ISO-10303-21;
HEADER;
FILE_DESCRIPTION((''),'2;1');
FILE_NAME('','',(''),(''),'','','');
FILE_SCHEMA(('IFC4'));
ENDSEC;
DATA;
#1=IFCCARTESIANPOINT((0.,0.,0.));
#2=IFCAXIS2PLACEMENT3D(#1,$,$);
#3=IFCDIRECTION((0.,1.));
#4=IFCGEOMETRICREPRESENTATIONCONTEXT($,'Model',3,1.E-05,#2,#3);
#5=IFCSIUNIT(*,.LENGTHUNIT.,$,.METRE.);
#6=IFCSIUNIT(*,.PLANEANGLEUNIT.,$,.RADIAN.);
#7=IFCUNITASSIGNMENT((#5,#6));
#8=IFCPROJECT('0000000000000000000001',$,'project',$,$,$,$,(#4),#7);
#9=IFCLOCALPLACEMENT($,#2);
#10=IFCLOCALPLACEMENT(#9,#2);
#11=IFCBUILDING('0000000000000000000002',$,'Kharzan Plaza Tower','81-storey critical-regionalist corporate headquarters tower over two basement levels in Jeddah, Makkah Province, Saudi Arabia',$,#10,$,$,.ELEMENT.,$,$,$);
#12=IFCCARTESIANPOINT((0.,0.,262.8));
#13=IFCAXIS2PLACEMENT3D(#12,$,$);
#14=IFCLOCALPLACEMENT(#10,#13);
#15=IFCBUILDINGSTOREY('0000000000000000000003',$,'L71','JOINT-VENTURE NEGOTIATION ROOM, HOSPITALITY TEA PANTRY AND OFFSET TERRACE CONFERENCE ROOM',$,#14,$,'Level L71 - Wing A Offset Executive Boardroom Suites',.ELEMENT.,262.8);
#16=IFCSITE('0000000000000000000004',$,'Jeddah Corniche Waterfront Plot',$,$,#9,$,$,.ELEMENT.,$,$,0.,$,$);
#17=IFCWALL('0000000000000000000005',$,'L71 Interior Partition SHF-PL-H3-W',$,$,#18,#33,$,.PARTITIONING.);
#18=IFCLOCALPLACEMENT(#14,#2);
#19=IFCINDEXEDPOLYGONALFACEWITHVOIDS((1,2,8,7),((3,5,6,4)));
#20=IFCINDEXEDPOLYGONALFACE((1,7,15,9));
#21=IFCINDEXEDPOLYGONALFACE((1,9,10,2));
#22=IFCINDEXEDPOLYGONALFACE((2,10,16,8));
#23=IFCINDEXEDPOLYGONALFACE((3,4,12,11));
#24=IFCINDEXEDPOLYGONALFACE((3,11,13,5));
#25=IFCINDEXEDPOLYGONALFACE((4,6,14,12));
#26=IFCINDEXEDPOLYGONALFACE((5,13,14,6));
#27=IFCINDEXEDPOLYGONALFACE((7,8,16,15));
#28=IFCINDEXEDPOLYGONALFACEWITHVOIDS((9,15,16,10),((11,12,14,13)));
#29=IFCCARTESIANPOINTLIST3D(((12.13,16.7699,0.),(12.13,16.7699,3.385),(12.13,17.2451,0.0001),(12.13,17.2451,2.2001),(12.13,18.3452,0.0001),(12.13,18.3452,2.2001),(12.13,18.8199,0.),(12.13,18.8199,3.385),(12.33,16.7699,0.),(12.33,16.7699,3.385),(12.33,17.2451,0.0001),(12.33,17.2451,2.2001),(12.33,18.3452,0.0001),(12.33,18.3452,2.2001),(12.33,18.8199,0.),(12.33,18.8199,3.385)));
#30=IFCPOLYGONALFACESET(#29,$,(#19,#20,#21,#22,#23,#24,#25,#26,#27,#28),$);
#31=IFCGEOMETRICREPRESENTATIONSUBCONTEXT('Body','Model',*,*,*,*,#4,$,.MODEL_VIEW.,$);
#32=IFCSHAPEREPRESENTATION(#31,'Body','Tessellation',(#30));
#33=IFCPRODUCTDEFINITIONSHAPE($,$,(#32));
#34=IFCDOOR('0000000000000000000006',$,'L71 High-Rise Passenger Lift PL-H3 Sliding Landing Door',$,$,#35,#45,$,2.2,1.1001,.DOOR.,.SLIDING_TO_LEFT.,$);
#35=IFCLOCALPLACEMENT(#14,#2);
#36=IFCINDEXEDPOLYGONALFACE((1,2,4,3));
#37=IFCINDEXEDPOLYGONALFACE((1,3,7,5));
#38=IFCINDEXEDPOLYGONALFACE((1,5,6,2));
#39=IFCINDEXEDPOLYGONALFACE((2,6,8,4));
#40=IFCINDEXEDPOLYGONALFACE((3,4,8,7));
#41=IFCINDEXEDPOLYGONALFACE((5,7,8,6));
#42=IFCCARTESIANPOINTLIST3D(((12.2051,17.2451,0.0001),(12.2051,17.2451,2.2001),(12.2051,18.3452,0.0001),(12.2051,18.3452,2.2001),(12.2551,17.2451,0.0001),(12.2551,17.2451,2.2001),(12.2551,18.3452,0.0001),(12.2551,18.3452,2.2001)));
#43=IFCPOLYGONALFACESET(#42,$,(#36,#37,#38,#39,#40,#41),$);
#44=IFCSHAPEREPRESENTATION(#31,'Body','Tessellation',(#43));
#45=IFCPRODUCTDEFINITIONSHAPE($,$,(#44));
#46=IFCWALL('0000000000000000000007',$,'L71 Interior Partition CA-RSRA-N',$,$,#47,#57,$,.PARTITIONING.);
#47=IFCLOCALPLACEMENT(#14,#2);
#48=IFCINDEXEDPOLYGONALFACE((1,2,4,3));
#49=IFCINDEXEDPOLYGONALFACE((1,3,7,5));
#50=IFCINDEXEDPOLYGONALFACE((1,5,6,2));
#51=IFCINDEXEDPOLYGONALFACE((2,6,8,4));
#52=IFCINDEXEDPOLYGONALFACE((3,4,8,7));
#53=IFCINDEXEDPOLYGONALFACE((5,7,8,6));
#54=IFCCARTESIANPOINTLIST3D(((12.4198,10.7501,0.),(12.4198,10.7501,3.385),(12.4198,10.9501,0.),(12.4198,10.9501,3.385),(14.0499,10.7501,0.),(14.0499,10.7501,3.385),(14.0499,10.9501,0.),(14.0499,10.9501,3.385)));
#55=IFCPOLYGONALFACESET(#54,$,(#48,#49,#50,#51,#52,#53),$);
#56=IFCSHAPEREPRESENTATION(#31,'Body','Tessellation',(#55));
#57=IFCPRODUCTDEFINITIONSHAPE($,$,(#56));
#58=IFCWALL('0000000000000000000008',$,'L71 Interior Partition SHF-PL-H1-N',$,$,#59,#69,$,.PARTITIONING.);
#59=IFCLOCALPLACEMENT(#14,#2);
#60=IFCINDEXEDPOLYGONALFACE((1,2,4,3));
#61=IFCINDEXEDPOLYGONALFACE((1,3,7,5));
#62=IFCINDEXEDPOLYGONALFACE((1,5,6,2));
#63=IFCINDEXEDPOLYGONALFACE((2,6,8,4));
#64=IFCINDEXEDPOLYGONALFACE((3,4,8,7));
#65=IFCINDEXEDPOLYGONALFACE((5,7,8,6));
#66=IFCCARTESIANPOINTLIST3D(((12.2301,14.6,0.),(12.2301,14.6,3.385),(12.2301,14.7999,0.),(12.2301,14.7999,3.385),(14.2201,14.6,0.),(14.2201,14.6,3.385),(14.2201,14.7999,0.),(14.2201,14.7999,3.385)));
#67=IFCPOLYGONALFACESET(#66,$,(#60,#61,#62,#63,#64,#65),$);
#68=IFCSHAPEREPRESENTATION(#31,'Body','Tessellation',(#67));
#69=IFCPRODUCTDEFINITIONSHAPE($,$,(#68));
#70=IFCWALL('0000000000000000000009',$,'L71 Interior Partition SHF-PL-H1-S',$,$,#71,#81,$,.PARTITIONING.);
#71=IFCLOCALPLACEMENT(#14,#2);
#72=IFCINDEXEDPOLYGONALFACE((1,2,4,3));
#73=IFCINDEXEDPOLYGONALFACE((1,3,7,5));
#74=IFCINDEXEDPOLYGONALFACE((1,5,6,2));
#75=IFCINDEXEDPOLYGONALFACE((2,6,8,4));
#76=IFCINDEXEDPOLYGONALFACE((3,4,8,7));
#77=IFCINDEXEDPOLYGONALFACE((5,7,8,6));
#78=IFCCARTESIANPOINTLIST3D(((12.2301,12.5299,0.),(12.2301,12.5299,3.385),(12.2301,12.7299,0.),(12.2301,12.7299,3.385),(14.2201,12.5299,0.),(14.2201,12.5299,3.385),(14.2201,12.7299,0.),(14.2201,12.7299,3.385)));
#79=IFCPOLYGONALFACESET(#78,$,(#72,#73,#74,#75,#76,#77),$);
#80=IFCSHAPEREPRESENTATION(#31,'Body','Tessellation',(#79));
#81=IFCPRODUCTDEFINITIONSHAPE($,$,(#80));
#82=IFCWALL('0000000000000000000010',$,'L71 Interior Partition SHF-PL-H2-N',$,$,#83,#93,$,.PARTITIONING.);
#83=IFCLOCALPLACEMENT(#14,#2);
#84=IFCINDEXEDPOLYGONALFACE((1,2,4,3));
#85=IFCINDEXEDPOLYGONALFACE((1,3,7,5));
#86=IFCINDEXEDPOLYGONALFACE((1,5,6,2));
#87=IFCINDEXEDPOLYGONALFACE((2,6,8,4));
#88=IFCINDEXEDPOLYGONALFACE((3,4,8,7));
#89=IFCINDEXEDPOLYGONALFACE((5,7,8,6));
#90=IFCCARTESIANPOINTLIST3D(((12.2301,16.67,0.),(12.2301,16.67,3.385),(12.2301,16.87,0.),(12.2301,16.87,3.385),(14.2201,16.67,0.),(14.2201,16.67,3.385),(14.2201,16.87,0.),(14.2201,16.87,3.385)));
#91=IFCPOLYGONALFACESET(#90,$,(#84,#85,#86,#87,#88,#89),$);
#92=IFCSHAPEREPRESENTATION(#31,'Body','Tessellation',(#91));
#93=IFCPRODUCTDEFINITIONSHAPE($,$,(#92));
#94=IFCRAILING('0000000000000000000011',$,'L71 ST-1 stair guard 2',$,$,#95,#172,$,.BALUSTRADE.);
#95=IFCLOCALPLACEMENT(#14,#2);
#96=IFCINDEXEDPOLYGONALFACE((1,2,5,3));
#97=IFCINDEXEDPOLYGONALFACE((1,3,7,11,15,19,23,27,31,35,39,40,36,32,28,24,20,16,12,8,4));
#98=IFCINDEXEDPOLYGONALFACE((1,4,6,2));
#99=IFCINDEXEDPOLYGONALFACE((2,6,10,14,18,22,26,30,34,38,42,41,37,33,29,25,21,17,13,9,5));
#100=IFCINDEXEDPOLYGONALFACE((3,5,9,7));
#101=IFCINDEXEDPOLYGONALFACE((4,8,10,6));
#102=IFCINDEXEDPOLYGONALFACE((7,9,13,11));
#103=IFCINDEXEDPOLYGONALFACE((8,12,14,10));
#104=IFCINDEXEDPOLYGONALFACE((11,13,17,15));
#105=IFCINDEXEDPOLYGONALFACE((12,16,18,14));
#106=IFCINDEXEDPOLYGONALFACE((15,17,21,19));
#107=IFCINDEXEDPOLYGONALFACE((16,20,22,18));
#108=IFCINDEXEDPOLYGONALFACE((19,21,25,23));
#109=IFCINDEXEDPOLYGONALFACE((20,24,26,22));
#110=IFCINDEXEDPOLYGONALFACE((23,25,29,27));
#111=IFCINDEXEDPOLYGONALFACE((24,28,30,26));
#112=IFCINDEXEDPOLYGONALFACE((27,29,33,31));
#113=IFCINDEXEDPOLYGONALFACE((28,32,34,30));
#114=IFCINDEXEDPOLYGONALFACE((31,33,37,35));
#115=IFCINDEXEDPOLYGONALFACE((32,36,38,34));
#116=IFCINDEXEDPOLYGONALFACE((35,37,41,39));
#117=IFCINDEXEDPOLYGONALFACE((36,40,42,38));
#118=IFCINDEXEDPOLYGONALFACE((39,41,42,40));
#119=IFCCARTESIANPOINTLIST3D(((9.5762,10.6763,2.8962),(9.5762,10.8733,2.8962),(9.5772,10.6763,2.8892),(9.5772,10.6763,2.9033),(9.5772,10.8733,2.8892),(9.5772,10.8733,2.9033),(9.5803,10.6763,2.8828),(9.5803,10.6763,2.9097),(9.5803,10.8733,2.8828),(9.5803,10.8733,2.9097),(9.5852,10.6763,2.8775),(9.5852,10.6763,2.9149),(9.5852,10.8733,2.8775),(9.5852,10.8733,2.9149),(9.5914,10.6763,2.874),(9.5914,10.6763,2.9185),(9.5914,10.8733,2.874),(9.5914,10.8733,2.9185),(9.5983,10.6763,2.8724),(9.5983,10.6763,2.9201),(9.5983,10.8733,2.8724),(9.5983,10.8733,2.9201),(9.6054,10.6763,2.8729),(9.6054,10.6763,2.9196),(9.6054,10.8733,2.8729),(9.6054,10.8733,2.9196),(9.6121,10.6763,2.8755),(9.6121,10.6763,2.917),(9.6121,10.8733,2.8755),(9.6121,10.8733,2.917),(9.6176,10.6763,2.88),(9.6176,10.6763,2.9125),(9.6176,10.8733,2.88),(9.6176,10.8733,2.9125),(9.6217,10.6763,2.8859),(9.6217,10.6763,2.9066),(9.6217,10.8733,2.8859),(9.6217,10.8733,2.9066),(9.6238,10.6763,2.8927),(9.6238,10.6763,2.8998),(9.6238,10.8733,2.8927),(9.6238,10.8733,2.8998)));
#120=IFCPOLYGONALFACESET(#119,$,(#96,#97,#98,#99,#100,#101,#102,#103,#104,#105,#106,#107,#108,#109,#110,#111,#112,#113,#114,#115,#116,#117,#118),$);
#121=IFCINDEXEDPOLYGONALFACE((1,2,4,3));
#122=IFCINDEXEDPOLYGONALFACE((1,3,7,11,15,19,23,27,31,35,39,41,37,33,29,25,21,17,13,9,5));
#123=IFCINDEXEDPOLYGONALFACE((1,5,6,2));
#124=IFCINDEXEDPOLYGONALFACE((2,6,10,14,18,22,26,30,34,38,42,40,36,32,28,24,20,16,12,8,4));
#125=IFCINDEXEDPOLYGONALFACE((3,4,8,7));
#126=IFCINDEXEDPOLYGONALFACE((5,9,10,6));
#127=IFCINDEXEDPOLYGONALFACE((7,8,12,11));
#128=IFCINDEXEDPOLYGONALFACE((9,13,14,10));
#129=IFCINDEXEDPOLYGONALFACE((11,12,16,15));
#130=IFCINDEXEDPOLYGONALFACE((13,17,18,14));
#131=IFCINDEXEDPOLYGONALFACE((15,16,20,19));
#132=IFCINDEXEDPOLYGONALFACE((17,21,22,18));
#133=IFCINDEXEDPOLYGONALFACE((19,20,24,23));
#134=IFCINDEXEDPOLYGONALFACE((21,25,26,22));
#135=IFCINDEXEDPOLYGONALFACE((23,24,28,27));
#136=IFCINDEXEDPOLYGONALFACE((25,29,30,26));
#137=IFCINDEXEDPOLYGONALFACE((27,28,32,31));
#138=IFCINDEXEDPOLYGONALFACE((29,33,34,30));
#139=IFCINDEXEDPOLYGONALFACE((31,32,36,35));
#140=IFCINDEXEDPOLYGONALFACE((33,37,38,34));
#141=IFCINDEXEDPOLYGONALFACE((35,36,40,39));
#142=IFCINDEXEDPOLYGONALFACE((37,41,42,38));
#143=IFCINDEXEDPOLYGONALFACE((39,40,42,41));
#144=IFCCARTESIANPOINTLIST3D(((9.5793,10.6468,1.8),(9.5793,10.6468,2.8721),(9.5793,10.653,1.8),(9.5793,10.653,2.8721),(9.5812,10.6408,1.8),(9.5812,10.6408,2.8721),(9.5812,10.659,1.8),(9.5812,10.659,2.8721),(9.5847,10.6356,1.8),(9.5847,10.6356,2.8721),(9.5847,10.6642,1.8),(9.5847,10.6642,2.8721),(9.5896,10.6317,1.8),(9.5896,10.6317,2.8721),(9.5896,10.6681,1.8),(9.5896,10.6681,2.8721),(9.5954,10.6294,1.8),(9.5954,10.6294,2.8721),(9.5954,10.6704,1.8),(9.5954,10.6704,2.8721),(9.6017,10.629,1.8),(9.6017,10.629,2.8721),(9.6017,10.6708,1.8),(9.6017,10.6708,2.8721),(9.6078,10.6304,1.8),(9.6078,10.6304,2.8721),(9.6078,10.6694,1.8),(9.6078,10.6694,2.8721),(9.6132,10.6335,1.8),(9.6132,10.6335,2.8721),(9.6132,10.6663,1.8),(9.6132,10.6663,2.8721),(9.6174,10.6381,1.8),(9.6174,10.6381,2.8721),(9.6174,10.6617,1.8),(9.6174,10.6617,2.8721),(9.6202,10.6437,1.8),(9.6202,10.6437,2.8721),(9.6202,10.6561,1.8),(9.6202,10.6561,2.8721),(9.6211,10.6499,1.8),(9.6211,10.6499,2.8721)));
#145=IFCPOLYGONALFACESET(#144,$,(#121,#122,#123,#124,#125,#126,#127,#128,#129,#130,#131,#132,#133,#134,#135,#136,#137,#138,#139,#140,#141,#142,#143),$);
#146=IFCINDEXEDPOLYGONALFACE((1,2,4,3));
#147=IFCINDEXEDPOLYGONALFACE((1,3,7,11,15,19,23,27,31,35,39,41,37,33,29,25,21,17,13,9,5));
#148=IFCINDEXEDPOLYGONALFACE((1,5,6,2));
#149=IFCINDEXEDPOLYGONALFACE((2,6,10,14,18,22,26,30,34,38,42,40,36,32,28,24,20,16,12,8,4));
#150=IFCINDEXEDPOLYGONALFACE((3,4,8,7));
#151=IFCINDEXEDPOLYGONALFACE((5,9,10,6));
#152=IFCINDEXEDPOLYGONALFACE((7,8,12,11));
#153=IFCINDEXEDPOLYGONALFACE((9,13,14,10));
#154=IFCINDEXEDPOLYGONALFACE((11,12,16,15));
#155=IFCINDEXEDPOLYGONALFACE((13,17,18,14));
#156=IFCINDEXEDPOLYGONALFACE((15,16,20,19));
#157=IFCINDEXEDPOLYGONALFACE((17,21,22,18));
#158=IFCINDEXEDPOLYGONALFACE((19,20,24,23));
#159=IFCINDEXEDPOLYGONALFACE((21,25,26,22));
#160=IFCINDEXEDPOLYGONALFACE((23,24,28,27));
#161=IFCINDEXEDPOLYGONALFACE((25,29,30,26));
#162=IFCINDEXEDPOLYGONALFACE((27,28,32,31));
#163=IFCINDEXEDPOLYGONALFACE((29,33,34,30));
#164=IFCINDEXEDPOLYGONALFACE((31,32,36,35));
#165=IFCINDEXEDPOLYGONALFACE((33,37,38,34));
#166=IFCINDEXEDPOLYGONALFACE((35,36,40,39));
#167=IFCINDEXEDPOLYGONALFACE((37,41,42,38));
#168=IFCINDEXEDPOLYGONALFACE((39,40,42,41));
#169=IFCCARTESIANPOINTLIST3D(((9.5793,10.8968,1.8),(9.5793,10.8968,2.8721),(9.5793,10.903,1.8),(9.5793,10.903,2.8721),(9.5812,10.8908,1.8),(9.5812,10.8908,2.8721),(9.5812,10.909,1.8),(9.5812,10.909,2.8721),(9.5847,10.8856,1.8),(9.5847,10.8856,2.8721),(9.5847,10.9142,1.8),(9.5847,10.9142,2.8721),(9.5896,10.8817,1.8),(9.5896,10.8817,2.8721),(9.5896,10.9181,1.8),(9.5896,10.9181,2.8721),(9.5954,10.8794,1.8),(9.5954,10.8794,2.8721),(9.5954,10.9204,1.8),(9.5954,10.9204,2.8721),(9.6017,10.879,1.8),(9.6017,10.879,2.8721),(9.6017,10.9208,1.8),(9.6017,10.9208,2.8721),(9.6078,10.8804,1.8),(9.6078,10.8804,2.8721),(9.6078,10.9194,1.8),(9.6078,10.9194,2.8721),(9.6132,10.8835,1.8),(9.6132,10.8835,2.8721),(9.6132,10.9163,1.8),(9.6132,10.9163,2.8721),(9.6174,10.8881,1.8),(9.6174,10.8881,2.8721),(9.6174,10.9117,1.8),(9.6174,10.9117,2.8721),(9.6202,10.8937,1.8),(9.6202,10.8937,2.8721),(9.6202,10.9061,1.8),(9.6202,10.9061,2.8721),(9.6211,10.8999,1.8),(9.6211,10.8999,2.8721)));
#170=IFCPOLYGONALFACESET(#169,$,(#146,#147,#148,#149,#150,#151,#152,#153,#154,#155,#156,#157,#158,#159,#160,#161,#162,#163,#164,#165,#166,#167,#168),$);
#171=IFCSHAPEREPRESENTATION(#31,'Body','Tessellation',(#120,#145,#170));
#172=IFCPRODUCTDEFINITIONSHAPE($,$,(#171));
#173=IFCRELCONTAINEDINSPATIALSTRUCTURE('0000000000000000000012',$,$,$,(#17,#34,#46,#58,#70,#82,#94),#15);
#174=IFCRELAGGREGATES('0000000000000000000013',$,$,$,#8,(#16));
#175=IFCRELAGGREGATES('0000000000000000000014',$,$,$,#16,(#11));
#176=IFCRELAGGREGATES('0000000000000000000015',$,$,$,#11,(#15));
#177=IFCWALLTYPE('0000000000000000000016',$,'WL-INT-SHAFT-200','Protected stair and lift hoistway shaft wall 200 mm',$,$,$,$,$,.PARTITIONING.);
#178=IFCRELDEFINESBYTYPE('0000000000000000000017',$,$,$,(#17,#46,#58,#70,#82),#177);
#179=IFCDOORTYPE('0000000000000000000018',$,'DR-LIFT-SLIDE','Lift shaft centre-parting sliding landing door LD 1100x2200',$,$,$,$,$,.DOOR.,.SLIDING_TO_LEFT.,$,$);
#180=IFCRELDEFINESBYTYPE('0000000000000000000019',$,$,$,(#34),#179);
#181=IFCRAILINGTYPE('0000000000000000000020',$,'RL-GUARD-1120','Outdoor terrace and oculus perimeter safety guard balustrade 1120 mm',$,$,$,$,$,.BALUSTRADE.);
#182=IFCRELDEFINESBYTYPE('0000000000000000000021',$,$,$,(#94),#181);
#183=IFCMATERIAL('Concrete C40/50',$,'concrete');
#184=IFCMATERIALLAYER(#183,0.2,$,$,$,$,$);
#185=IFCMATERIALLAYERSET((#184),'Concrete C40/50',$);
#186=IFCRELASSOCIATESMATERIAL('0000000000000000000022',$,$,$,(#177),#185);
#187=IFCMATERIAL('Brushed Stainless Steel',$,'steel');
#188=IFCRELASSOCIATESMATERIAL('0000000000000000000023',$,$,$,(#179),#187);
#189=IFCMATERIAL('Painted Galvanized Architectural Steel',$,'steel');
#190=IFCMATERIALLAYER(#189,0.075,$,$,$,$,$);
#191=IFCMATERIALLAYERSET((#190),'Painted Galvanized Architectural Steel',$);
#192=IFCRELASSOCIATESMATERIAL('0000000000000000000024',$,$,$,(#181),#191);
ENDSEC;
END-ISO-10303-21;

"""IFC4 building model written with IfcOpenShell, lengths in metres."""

from ifc_helpers import new_model, si_unit, direction, frame, frame_2d, origin, origin_2d, place, context, subcontext, project, spatial, rectangle, circle, extrude, source, transform, mapped, material, layer, layer_set, type_object, element, fill, save


model = new_model("IFC4")

# Units and contexts
model_context = context("Model", 3, precision=1e-05, world=origin(), true_north=direction((0.0, 1.0)))
body_context = subcontext(model_context, "Body", "Model", "MODEL_VIEW")
ifc_project = project(units=[si_unit("LENGTHUNIT", "METRE"), si_unit("PLANEANGLEUNIT", "RADIAN")], contexts=[model_context])

# Site, building, storey
site_placement = place(None, origin())
site = spatial("IfcSite", under=ifc_project, at=site_placement, Name="Jeddah Corniche Waterfront Plot", CompositionType="ELEMENT", RefElevation=0.0)
building_placement = place(site_placement, origin())
building = spatial("IfcBuilding", under=site, at=building_placement, Name="Kharzan Plaza Tower", Description="81-storey critical-regionalist corporate headquarters tower over two basement levels in Jeddah, Makkah Province, Saudi Arabia", CompositionType="ELEMENT")
storey_placement = place(building_placement, frame((0.0, 0.0, 262.8)))
storey = spatial("IfcBuildingStorey", under=building, at=storey_placement, Name="L71", Description="JOINT-VENTURE NEGOTIATION ROOM, HOSPITALITY TEA PANTRY AND OFFSET TERRACE CONFERENCE ROOM", LongName="Level L71 - Wing A Offset Executive Boardroom Suites", CompositionType="ELEMENT", Elevation=262.8)

# Wall, opening, door
ifc_material_1 = material(Name="Concrete C40/50", Category="concrete")
ifc_layer_1 = layer(ifc_material_1, 0.2)
ifc_layer_set_1 = layer_set([ifc_layer_1], Name="Concrete C40/50")
wall_type = type_object("IfcWallType", Name="WL-INT-SHAFT-200", Description="Protected stair and lift hoistway shaft wall 200 mm", PredefinedType="PARTITIONING", material=ifc_layer_set_1)
ifc_material_2 = material(Name="Brushed Stainless Steel", Category="steel")
door_type = type_object("IfcDoorType", Name="DR-LIFT-SLIDE", Description="Lift shaft centre-parting sliding landing door LD 1100x2200", OperationType="SLIDING_TO_LEFT", PredefinedType="DOOR", material=ifc_material_2)
shared_shape_1 = source(origin(), body_context, "Body", "SweptSolid", [
    extrude(rectangle(XDim=1.1001, YDim=2.2, at=frame_2d((0.55, 1.1001))), frame((0.0, 0.0249, 0.0), z_axis=(0.0, -1.0, 0.0), x_axis=(1.0, 0.0, 0.0)), (0.0, 0.0, 1.0), 0.05),
])
wall_1_placement = place(storey_placement, frame((12.23, 16.77, 0.0), z_axis=(0.0, 0.0, 1.0), x_axis=(0.0, 1.0, 0.0)))
wall_1 = element("IfcWall", 1, at=wall_1_placement, inside=storey, type_object=wall_type, Name="L71 Interior Partition SHF-PL-H3-W", PredefinedType="PARTITIONING", context=body_context, shape_type="SweptSolid", body=[
    extrude(rectangle(XDim=2.05, YDim=0.2, at=frame_2d((1.0249, 0.0))), origin(), (0.0, 0.0, 1.0), 3.385),
])
opening_1_placement = place(wall_1_placement, frame((0.4751, 0.0, 0.0)))
opening_1 = element("IfcOpeningElement", 2, at=opening_1_placement, cuts=wall_1, PredefinedType="OPENING", context=body_context, shape_type="SweptSolid", body=[
    extrude(rectangle(XDim=1.1001, YDim=2.2, at=frame_2d((0.55, 1.1001))), frame((0.0, 0.1099, 0.0), z_axis=(0.0, -1.0, 0.0), x_axis=(1.0, 0.0, 0.0)), (0.0, 0.0, 1.0), 0.22),
])
door_1_placement = place(opening_1_placement, origin())
door_1 = element("IfcDoor", 3, at=door_1_placement, inside=storey, type_object=door_type, Name="L71 High-Rise Passenger Lift PL-H3 Sliding Landing Door", OperationType="SLIDING_TO_LEFT", OverallHeight=2.2, OverallWidth=1.1001, PredefinedType="DOOR", context=body_context, shape_type="MappedRepresentation", body=[
    mapped(shared_shape_1, transform((0.0, 0.0, 0.0), x_axis=(1.0, 0.0, 0.0), y_axis=(0.0, 1.0, 0.0), z_axis=(0.0, 0.0, 1.0))),
])
fill(opening_1, door_1)

# Walls
shared_shape_2 = source(origin(), body_context, "Body", "SweptSolid", [
    extrude(rectangle(XDim=1.6301, YDim=0.2, at=frame_2d((0.8149, 0.0))), origin(), (0.0, 0.0, 1.0), 3.385),
])
wall_2_placement = place(storey_placement, frame((12.4199, 10.8501, 0.0), z_axis=(0.0, 0.0, 1.0), x_axis=(1.0, 0.0, 0.0)))
element("IfcWall", 4, at=wall_2_placement, inside=storey, type_object=wall_type, Name="L71 Interior Partition CA-RSRA-N", PredefinedType="PARTITIONING", context=body_context, shape_type="MappedRepresentation", body=[
    mapped(shared_shape_2, transform((0.0, 0.0, 0.0), x_axis=(1.0, 0.0, 0.0), y_axis=(0.0, 1.0, 0.0), z_axis=(0.0, 0.0, 1.0))),
])
shared_shape_3 = source(origin(), body_context, "Body", "SweptSolid", [
    extrude(rectangle(XDim=1.99, YDim=0.2, at=frame_2d((0.9951, 0.0))), origin(), (0.0, 0.0, 1.0), 3.385),
])
for number, where, z_axis, x_axis, name in (
    (5, (12.23, 14.7, 0.0), (0.0, 0.0, 1.0), (1.0, 0.0, 0.0), "L71 Interior Partition SHF-PL-H1-N"),
    (6, (12.23, 12.6299, 0.0), (0.0, 0.0, 1.0), (1.0, 0.0, 0.0), "L71 Interior Partition SHF-PL-H1-S"),
    (7, (12.23, 16.77, 0.0), (0.0, 0.0, 1.0), (1.0, 0.0, 0.0), "L71 Interior Partition SHF-PL-H2-N"),
):
    element("IfcWall", number, at=place(storey_placement, frame(where, z_axis=z_axis, x_axis=x_axis)), inside=storey, type_object=wall_type, Name=name, PredefinedType="PARTITIONING", context=body_context, shape_type="MappedRepresentation", body=[
        mapped(shared_shape_3, transform((0.0, 0.0, 0.0), x_axis=(1.0, 0.0, 0.0), y_axis=(0.0, 1.0, 0.0), z_axis=(0.0, 0.0, 1.0))),
    ])

# Railing
ifc_material_3 = material(Name="Painted Galvanized Architectural Steel", Category="steel")
ifc_layer_2 = layer(ifc_material_3, 0.075)
ifc_layer_set_2 = layer_set([ifc_layer_2], Name="Painted Galvanized Architectural Steel")
railing_type_1 = type_object("IfcRailingType", Name="RL-GUARD-1120", Description="Outdoor terrace and oculus perimeter safety guard balustrade 1120 mm", PredefinedType="BALUSTRADE", material=ifc_layer_set_2)
shared_shape_4 = source(origin(), body_context, "Body", "SweptSolid", [
    extrude(circle(Radius=0.0239, at=origin_2d()), frame((0.0, 0.0264, 1.0962), z_axis=(0.0, 1.0, 0.0), x_axis=(-1.0, 0.0, 0.0)), (0.0, 0.0, 1.0), 0.197),
    extrude(circle(Radius=0.021, at=origin_2d()), origin(), (0.0, 0.0, 1.0), 1.072),
    extrude(circle(Radius=0.021, at=origin_2d()), frame((0.0, 0.25, 0.0)), (0.0, 0.0, 1.0), 1.072),
])
railing_1_placement = place(storey_placement, frame((9.6001, 10.6499, 1.8)))
element("IfcRailing", 8, at=railing_1_placement, inside=storey, type_object=railing_type_1, Name="L71 ST-1 stair guard 2", PredefinedType="BALUSTRADE", context=body_context, shape_type="MappedRepresentation", body=[
    mapped(shared_shape_4, transform((0.0, 0.0, 0.0), x_axis=(1.0, 0.0, 0.0), y_axis=(0.0, 1.0, 0.0), z_axis=(0.0, 0.0, 1.0))),
])

save(model, "model.ifc")
